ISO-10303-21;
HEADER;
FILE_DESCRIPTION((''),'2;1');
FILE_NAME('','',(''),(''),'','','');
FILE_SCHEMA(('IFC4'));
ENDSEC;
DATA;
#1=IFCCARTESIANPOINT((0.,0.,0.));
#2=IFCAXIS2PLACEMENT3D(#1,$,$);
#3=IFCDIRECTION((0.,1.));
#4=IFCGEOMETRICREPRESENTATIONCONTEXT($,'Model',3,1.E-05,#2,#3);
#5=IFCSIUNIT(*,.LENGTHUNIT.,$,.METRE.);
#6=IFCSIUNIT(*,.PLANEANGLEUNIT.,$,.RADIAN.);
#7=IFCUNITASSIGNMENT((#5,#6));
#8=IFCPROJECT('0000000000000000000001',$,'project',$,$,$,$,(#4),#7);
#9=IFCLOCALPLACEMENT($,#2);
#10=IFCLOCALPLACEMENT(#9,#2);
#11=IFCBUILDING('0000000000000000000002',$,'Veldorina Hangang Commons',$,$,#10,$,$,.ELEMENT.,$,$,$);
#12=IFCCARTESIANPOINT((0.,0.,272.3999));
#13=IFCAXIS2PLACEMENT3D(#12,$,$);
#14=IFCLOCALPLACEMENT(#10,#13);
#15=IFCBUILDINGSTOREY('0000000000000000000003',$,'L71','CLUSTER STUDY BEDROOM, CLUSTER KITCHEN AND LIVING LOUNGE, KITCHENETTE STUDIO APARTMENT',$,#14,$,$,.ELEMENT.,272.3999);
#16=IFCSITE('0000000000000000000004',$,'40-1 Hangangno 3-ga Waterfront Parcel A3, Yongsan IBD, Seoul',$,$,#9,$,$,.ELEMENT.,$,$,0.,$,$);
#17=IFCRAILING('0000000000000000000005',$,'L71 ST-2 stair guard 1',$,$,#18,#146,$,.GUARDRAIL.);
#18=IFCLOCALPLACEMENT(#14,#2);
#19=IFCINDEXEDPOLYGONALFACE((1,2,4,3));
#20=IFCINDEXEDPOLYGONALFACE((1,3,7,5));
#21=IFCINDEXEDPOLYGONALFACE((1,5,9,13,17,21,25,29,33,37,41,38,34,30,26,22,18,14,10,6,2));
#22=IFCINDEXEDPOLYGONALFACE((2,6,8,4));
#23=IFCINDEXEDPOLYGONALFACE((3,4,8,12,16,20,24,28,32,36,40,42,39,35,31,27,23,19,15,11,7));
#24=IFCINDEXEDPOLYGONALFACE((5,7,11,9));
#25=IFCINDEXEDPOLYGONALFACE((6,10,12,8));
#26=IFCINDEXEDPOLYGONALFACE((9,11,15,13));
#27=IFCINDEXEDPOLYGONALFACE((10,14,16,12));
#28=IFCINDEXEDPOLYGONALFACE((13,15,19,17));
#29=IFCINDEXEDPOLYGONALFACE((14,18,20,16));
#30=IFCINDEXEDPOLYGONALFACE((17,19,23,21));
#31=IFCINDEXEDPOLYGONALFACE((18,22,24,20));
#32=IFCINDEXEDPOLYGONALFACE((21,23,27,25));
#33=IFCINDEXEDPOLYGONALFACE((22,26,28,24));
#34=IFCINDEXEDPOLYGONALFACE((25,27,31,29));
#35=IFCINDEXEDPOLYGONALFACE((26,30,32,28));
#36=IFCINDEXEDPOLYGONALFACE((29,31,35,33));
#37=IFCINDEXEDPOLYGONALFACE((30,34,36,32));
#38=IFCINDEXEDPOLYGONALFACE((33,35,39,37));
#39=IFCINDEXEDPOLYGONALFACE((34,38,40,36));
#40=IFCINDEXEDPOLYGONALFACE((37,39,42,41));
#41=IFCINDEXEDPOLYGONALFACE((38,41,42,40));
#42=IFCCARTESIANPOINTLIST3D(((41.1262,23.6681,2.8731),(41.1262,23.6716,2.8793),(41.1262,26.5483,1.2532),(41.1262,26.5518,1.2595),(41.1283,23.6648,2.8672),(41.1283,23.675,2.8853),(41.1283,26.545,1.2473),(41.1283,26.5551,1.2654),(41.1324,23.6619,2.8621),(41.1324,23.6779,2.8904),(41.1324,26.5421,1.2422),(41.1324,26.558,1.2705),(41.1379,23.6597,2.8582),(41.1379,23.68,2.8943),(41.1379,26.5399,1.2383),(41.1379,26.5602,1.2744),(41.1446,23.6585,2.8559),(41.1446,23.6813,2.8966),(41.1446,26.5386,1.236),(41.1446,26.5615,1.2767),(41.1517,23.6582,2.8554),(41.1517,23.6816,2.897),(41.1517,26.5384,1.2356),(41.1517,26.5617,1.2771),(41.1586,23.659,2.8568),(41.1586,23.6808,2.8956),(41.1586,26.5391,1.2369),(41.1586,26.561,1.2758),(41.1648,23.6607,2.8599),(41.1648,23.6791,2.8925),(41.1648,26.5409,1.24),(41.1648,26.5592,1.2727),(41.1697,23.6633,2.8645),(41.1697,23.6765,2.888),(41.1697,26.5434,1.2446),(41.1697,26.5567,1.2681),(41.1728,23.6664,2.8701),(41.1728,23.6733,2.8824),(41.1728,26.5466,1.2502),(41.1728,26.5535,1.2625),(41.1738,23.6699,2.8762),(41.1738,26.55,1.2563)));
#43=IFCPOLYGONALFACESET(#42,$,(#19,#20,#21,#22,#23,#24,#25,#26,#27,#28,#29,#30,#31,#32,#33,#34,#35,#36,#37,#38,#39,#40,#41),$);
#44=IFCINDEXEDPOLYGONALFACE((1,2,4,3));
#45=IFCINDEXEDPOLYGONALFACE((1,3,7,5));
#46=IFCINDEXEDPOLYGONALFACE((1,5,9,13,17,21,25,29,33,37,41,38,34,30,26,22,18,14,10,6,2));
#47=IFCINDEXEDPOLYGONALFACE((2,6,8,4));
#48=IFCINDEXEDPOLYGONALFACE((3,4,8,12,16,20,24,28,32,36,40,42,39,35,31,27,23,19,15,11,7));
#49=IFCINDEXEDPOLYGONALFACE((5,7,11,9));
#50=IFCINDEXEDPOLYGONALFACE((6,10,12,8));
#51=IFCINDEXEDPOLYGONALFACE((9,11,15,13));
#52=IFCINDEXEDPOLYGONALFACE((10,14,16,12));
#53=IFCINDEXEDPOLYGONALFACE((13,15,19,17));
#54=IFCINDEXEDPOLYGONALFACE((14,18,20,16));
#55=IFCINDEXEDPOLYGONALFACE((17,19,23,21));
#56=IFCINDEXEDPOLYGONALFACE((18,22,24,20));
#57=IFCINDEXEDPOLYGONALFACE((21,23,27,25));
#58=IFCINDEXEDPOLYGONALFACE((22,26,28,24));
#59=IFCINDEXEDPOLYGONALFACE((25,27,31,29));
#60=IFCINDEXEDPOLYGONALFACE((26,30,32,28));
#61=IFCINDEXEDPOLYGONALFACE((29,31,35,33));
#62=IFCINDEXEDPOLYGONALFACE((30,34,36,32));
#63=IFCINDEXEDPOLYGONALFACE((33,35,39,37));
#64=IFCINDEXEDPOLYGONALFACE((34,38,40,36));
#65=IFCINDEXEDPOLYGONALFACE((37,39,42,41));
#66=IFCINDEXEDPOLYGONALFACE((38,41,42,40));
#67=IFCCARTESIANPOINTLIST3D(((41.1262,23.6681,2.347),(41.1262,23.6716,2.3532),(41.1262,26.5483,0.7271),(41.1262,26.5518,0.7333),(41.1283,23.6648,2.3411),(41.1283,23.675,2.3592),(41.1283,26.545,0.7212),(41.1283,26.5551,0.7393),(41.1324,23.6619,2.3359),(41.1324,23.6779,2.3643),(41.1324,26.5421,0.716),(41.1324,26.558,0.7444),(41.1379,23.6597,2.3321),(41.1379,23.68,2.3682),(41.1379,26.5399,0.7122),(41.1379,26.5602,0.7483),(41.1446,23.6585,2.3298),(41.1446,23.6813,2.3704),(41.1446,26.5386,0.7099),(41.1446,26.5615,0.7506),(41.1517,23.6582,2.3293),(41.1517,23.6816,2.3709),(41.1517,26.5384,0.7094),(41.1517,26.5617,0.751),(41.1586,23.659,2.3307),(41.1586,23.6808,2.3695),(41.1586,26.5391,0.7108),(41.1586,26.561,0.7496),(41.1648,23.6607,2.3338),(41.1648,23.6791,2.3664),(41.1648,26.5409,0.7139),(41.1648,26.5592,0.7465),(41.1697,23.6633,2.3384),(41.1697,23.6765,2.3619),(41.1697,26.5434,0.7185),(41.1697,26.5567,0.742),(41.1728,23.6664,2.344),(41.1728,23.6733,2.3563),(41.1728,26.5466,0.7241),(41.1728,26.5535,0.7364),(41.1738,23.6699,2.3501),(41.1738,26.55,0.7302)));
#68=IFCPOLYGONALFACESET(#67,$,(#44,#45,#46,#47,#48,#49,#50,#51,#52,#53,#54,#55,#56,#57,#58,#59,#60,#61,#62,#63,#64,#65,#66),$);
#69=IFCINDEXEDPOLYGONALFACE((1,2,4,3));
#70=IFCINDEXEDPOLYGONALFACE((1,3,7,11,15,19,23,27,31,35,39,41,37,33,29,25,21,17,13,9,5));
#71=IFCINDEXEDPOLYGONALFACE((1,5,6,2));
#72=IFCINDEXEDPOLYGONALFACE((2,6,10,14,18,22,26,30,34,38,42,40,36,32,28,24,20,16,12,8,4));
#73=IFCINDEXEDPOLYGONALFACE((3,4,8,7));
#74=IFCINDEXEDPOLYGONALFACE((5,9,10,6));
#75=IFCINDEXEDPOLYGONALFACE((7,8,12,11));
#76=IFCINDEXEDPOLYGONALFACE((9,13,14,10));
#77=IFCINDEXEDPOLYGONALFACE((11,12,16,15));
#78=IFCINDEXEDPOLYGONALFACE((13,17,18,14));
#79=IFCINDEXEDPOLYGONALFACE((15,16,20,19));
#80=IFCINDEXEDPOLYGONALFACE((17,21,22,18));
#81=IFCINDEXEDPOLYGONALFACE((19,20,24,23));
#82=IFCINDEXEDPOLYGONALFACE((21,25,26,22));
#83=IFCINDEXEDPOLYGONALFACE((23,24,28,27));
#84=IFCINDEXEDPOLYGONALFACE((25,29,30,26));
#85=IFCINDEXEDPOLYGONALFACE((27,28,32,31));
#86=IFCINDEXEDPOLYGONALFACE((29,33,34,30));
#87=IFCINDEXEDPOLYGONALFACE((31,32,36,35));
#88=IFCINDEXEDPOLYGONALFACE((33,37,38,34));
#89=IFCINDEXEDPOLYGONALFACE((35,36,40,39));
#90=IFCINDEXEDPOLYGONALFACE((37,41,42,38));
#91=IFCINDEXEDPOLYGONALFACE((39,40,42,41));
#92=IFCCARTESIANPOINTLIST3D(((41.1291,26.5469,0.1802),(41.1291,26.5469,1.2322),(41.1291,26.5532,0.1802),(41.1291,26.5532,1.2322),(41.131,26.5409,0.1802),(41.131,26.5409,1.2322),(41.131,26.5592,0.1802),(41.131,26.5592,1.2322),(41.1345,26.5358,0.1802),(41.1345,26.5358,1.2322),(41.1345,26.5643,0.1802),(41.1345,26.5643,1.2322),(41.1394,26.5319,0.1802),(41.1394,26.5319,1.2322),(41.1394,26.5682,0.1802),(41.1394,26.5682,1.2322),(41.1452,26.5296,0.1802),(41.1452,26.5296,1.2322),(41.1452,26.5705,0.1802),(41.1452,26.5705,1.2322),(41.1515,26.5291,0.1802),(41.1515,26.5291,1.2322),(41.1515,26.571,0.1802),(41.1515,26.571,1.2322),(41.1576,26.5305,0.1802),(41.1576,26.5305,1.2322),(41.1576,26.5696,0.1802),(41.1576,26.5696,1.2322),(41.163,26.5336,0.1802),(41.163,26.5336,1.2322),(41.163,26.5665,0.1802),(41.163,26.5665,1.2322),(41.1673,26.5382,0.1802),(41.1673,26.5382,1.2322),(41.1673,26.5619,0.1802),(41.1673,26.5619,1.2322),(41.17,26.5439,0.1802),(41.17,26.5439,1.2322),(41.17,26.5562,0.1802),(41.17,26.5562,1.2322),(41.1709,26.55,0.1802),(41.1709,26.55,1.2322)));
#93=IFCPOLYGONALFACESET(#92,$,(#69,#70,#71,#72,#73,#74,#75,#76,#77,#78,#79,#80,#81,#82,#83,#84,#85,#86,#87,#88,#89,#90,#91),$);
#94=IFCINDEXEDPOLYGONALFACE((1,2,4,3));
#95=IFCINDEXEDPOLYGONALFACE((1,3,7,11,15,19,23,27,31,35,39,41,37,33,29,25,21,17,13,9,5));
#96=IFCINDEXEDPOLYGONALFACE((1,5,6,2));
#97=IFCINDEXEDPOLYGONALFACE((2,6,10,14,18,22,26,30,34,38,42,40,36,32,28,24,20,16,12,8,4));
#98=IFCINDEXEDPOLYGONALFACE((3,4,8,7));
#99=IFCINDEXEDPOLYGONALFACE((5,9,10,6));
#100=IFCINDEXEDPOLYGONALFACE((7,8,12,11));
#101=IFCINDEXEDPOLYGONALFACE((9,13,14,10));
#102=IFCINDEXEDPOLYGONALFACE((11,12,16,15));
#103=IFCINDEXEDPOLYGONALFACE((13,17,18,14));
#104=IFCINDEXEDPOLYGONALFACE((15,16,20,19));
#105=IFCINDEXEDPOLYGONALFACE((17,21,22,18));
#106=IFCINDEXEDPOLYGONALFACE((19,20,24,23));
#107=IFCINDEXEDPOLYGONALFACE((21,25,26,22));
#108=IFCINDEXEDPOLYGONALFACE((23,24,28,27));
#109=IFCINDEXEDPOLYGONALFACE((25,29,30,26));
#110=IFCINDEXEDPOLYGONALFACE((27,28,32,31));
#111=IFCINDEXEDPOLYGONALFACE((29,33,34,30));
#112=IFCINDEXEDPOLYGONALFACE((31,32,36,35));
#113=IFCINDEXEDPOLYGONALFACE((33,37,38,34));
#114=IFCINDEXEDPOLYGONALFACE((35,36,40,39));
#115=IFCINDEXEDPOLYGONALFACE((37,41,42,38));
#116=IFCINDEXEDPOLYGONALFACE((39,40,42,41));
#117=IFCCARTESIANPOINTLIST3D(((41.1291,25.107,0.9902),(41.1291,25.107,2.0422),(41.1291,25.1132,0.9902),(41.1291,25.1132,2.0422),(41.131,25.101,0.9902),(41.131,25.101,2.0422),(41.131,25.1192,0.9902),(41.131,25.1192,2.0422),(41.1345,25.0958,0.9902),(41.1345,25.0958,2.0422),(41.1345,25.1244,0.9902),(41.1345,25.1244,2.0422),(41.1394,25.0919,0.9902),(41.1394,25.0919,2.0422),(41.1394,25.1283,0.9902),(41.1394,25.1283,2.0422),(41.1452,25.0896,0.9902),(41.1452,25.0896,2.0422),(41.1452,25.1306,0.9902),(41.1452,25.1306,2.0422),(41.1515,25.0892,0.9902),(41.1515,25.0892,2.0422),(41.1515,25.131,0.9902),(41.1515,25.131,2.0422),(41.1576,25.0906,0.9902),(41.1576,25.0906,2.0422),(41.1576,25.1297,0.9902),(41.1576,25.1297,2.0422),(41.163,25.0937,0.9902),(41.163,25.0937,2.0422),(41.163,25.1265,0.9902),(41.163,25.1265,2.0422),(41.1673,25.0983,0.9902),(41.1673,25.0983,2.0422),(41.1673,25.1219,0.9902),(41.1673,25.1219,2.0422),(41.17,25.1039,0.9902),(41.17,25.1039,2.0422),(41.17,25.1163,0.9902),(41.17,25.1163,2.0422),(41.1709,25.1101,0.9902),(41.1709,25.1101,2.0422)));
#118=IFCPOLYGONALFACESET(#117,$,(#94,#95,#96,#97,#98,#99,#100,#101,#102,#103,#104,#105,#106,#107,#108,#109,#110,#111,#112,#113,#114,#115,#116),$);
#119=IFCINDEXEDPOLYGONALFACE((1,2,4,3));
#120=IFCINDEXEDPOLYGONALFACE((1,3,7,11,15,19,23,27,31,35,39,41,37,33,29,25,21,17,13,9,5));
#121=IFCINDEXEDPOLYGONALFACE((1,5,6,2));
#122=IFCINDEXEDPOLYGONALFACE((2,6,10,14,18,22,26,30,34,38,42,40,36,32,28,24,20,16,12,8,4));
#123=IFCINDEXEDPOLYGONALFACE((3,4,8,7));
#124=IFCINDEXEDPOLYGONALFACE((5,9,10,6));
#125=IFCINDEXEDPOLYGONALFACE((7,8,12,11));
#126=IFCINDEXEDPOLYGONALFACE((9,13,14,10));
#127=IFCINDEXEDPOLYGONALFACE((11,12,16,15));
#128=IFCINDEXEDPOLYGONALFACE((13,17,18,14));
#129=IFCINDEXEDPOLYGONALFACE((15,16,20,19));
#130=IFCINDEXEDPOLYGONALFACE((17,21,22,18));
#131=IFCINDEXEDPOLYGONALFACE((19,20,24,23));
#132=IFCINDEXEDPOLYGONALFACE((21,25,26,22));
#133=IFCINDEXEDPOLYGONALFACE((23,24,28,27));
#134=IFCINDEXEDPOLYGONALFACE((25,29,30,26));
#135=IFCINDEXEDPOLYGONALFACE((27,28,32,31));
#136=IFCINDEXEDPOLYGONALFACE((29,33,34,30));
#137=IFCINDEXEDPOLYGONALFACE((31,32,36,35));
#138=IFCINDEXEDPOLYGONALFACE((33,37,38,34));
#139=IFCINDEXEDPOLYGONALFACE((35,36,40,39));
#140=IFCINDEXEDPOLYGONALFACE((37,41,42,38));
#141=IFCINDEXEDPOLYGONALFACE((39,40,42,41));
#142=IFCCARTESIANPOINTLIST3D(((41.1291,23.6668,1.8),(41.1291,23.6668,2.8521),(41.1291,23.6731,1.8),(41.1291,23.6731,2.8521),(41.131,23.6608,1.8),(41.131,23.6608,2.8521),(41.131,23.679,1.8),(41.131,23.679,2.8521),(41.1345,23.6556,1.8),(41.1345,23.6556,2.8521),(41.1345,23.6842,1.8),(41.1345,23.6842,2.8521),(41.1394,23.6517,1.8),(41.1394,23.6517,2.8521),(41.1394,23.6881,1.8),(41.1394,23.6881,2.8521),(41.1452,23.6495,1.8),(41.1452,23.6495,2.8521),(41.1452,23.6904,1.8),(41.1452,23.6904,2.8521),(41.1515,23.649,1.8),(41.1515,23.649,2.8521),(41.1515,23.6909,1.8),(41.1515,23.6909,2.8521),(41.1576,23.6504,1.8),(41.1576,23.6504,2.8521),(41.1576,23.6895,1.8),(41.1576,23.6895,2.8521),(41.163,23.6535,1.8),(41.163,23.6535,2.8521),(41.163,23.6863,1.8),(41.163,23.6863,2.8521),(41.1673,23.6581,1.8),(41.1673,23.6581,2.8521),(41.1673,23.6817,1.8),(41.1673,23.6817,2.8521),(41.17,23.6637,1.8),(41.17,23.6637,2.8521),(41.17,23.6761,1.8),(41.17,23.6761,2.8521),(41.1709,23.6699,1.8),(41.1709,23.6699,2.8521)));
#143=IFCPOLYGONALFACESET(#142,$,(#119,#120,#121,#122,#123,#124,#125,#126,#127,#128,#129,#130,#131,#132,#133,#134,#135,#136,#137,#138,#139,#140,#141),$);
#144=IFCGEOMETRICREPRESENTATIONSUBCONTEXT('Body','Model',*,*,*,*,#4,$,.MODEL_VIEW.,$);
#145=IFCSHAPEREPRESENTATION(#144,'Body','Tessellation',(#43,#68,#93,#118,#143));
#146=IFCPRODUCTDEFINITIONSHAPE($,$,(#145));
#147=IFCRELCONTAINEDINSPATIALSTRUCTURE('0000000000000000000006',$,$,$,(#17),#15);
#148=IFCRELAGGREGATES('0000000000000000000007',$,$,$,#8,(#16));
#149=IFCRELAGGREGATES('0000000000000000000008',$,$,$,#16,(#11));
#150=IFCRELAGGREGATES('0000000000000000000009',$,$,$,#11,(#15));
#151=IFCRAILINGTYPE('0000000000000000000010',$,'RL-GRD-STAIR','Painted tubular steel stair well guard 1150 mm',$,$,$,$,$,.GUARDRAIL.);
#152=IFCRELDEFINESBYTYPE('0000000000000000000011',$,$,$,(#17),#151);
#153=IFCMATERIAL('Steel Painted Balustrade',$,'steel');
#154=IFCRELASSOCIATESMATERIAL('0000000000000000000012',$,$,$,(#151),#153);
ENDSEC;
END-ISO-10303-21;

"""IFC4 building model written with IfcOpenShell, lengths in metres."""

from ifc_helpers import new_model, si_unit, direction, frame, origin, origin_2d, place, context, subcontext, project, spatial, circle, extrude, material, type_object, element, save


model = new_model("IFC4")

# Units and contexts
model_context = context("Model", 3, precision=1e-05, world=origin(), true_north=direction((0.0, 1.0)))
body_context = subcontext(model_context, "Body", "Model", "MODEL_VIEW")
ifc_project = project(units=[si_unit("LENGTHUNIT", "METRE"), si_unit("PLANEANGLEUNIT", "RADIAN")], contexts=[model_context])

# Site, building, storey
site_placement = place(None, origin())
site = spatial("IfcSite", under=ifc_project, at=site_placement, Name="40-1 Hangangno 3-ga Waterfront Parcel A3, Yongsan IBD, Seoul", CompositionType="ELEMENT", RefElevation=0.0)
building_placement = place(site_placement, origin())
building = spatial("IfcBuilding", under=site, at=building_placement, Name="Veldorina Hangang Commons", CompositionType="ELEMENT")
storey_placement = place(building_placement, frame((0.0, 0.0, 272.3999)))
storey = spatial("IfcBuildingStorey", under=building, at=storey_placement, Name="L71", Description="CLUSTER STUDY BEDROOM, CLUSTER KITCHEN AND LIVING LOUNGE, KITCHENETTE STUDIO APARTMENT", CompositionType="ELEMENT", Elevation=272.3999)

# Railing
ifc_material_1 = material(Name="Steel Painted Balustrade", Category="steel")
railing_type_1 = type_object("IfcRailingType", Name="RL-GRD-STAIR", Description="Painted tubular steel stair well guard 1150 mm", PredefinedType="GUARDRAIL", material=ifc_material_1)
railing_1_placement = place(storey_placement, frame((41.1499, 26.55, 0.1802)))
element("IfcRailing", 1, at=railing_1_placement, inside=storey, type_object=railing_type_1, Name="L71 ST-2 stair guard 1", PredefinedType="GUARDRAIL", context=body_context, shape_type="SweptSolid", body=[
    extrude(circle(Radius=0.0239, at=origin_2d()), frame((0.0, 0.0, 1.0762), z_axis=(0.0, -0.871601, 0.490216), x_axis=(1.0, 0.0, 0.0)), (0.0, 0.0, 1.0), 3.3044),
    extrude(circle(Radius=0.0239, at=origin_2d()), frame((0.0, 0.0, 0.55), z_axis=(0.0, -0.871601, 0.490216), x_axis=(1.0, 0.0, 0.0)), (0.0, 0.0, 1.0), 3.3044),
    extrude(circle(Radius=0.021, at=origin_2d()), origin(), (0.0, 0.0, 1.0), 1.052),
    extrude(circle(Radius=0.021, at=origin_2d()), frame((0.0, -1.4399, 0.8101)), (0.0, 0.0, 1.0), 1.052),
    extrude(circle(Radius=0.021, at=origin_2d()), frame((0.0, -2.8801, 1.6199)), (0.0, 0.0, 1.0), 1.052),
])

save(model, "model.ifc")
